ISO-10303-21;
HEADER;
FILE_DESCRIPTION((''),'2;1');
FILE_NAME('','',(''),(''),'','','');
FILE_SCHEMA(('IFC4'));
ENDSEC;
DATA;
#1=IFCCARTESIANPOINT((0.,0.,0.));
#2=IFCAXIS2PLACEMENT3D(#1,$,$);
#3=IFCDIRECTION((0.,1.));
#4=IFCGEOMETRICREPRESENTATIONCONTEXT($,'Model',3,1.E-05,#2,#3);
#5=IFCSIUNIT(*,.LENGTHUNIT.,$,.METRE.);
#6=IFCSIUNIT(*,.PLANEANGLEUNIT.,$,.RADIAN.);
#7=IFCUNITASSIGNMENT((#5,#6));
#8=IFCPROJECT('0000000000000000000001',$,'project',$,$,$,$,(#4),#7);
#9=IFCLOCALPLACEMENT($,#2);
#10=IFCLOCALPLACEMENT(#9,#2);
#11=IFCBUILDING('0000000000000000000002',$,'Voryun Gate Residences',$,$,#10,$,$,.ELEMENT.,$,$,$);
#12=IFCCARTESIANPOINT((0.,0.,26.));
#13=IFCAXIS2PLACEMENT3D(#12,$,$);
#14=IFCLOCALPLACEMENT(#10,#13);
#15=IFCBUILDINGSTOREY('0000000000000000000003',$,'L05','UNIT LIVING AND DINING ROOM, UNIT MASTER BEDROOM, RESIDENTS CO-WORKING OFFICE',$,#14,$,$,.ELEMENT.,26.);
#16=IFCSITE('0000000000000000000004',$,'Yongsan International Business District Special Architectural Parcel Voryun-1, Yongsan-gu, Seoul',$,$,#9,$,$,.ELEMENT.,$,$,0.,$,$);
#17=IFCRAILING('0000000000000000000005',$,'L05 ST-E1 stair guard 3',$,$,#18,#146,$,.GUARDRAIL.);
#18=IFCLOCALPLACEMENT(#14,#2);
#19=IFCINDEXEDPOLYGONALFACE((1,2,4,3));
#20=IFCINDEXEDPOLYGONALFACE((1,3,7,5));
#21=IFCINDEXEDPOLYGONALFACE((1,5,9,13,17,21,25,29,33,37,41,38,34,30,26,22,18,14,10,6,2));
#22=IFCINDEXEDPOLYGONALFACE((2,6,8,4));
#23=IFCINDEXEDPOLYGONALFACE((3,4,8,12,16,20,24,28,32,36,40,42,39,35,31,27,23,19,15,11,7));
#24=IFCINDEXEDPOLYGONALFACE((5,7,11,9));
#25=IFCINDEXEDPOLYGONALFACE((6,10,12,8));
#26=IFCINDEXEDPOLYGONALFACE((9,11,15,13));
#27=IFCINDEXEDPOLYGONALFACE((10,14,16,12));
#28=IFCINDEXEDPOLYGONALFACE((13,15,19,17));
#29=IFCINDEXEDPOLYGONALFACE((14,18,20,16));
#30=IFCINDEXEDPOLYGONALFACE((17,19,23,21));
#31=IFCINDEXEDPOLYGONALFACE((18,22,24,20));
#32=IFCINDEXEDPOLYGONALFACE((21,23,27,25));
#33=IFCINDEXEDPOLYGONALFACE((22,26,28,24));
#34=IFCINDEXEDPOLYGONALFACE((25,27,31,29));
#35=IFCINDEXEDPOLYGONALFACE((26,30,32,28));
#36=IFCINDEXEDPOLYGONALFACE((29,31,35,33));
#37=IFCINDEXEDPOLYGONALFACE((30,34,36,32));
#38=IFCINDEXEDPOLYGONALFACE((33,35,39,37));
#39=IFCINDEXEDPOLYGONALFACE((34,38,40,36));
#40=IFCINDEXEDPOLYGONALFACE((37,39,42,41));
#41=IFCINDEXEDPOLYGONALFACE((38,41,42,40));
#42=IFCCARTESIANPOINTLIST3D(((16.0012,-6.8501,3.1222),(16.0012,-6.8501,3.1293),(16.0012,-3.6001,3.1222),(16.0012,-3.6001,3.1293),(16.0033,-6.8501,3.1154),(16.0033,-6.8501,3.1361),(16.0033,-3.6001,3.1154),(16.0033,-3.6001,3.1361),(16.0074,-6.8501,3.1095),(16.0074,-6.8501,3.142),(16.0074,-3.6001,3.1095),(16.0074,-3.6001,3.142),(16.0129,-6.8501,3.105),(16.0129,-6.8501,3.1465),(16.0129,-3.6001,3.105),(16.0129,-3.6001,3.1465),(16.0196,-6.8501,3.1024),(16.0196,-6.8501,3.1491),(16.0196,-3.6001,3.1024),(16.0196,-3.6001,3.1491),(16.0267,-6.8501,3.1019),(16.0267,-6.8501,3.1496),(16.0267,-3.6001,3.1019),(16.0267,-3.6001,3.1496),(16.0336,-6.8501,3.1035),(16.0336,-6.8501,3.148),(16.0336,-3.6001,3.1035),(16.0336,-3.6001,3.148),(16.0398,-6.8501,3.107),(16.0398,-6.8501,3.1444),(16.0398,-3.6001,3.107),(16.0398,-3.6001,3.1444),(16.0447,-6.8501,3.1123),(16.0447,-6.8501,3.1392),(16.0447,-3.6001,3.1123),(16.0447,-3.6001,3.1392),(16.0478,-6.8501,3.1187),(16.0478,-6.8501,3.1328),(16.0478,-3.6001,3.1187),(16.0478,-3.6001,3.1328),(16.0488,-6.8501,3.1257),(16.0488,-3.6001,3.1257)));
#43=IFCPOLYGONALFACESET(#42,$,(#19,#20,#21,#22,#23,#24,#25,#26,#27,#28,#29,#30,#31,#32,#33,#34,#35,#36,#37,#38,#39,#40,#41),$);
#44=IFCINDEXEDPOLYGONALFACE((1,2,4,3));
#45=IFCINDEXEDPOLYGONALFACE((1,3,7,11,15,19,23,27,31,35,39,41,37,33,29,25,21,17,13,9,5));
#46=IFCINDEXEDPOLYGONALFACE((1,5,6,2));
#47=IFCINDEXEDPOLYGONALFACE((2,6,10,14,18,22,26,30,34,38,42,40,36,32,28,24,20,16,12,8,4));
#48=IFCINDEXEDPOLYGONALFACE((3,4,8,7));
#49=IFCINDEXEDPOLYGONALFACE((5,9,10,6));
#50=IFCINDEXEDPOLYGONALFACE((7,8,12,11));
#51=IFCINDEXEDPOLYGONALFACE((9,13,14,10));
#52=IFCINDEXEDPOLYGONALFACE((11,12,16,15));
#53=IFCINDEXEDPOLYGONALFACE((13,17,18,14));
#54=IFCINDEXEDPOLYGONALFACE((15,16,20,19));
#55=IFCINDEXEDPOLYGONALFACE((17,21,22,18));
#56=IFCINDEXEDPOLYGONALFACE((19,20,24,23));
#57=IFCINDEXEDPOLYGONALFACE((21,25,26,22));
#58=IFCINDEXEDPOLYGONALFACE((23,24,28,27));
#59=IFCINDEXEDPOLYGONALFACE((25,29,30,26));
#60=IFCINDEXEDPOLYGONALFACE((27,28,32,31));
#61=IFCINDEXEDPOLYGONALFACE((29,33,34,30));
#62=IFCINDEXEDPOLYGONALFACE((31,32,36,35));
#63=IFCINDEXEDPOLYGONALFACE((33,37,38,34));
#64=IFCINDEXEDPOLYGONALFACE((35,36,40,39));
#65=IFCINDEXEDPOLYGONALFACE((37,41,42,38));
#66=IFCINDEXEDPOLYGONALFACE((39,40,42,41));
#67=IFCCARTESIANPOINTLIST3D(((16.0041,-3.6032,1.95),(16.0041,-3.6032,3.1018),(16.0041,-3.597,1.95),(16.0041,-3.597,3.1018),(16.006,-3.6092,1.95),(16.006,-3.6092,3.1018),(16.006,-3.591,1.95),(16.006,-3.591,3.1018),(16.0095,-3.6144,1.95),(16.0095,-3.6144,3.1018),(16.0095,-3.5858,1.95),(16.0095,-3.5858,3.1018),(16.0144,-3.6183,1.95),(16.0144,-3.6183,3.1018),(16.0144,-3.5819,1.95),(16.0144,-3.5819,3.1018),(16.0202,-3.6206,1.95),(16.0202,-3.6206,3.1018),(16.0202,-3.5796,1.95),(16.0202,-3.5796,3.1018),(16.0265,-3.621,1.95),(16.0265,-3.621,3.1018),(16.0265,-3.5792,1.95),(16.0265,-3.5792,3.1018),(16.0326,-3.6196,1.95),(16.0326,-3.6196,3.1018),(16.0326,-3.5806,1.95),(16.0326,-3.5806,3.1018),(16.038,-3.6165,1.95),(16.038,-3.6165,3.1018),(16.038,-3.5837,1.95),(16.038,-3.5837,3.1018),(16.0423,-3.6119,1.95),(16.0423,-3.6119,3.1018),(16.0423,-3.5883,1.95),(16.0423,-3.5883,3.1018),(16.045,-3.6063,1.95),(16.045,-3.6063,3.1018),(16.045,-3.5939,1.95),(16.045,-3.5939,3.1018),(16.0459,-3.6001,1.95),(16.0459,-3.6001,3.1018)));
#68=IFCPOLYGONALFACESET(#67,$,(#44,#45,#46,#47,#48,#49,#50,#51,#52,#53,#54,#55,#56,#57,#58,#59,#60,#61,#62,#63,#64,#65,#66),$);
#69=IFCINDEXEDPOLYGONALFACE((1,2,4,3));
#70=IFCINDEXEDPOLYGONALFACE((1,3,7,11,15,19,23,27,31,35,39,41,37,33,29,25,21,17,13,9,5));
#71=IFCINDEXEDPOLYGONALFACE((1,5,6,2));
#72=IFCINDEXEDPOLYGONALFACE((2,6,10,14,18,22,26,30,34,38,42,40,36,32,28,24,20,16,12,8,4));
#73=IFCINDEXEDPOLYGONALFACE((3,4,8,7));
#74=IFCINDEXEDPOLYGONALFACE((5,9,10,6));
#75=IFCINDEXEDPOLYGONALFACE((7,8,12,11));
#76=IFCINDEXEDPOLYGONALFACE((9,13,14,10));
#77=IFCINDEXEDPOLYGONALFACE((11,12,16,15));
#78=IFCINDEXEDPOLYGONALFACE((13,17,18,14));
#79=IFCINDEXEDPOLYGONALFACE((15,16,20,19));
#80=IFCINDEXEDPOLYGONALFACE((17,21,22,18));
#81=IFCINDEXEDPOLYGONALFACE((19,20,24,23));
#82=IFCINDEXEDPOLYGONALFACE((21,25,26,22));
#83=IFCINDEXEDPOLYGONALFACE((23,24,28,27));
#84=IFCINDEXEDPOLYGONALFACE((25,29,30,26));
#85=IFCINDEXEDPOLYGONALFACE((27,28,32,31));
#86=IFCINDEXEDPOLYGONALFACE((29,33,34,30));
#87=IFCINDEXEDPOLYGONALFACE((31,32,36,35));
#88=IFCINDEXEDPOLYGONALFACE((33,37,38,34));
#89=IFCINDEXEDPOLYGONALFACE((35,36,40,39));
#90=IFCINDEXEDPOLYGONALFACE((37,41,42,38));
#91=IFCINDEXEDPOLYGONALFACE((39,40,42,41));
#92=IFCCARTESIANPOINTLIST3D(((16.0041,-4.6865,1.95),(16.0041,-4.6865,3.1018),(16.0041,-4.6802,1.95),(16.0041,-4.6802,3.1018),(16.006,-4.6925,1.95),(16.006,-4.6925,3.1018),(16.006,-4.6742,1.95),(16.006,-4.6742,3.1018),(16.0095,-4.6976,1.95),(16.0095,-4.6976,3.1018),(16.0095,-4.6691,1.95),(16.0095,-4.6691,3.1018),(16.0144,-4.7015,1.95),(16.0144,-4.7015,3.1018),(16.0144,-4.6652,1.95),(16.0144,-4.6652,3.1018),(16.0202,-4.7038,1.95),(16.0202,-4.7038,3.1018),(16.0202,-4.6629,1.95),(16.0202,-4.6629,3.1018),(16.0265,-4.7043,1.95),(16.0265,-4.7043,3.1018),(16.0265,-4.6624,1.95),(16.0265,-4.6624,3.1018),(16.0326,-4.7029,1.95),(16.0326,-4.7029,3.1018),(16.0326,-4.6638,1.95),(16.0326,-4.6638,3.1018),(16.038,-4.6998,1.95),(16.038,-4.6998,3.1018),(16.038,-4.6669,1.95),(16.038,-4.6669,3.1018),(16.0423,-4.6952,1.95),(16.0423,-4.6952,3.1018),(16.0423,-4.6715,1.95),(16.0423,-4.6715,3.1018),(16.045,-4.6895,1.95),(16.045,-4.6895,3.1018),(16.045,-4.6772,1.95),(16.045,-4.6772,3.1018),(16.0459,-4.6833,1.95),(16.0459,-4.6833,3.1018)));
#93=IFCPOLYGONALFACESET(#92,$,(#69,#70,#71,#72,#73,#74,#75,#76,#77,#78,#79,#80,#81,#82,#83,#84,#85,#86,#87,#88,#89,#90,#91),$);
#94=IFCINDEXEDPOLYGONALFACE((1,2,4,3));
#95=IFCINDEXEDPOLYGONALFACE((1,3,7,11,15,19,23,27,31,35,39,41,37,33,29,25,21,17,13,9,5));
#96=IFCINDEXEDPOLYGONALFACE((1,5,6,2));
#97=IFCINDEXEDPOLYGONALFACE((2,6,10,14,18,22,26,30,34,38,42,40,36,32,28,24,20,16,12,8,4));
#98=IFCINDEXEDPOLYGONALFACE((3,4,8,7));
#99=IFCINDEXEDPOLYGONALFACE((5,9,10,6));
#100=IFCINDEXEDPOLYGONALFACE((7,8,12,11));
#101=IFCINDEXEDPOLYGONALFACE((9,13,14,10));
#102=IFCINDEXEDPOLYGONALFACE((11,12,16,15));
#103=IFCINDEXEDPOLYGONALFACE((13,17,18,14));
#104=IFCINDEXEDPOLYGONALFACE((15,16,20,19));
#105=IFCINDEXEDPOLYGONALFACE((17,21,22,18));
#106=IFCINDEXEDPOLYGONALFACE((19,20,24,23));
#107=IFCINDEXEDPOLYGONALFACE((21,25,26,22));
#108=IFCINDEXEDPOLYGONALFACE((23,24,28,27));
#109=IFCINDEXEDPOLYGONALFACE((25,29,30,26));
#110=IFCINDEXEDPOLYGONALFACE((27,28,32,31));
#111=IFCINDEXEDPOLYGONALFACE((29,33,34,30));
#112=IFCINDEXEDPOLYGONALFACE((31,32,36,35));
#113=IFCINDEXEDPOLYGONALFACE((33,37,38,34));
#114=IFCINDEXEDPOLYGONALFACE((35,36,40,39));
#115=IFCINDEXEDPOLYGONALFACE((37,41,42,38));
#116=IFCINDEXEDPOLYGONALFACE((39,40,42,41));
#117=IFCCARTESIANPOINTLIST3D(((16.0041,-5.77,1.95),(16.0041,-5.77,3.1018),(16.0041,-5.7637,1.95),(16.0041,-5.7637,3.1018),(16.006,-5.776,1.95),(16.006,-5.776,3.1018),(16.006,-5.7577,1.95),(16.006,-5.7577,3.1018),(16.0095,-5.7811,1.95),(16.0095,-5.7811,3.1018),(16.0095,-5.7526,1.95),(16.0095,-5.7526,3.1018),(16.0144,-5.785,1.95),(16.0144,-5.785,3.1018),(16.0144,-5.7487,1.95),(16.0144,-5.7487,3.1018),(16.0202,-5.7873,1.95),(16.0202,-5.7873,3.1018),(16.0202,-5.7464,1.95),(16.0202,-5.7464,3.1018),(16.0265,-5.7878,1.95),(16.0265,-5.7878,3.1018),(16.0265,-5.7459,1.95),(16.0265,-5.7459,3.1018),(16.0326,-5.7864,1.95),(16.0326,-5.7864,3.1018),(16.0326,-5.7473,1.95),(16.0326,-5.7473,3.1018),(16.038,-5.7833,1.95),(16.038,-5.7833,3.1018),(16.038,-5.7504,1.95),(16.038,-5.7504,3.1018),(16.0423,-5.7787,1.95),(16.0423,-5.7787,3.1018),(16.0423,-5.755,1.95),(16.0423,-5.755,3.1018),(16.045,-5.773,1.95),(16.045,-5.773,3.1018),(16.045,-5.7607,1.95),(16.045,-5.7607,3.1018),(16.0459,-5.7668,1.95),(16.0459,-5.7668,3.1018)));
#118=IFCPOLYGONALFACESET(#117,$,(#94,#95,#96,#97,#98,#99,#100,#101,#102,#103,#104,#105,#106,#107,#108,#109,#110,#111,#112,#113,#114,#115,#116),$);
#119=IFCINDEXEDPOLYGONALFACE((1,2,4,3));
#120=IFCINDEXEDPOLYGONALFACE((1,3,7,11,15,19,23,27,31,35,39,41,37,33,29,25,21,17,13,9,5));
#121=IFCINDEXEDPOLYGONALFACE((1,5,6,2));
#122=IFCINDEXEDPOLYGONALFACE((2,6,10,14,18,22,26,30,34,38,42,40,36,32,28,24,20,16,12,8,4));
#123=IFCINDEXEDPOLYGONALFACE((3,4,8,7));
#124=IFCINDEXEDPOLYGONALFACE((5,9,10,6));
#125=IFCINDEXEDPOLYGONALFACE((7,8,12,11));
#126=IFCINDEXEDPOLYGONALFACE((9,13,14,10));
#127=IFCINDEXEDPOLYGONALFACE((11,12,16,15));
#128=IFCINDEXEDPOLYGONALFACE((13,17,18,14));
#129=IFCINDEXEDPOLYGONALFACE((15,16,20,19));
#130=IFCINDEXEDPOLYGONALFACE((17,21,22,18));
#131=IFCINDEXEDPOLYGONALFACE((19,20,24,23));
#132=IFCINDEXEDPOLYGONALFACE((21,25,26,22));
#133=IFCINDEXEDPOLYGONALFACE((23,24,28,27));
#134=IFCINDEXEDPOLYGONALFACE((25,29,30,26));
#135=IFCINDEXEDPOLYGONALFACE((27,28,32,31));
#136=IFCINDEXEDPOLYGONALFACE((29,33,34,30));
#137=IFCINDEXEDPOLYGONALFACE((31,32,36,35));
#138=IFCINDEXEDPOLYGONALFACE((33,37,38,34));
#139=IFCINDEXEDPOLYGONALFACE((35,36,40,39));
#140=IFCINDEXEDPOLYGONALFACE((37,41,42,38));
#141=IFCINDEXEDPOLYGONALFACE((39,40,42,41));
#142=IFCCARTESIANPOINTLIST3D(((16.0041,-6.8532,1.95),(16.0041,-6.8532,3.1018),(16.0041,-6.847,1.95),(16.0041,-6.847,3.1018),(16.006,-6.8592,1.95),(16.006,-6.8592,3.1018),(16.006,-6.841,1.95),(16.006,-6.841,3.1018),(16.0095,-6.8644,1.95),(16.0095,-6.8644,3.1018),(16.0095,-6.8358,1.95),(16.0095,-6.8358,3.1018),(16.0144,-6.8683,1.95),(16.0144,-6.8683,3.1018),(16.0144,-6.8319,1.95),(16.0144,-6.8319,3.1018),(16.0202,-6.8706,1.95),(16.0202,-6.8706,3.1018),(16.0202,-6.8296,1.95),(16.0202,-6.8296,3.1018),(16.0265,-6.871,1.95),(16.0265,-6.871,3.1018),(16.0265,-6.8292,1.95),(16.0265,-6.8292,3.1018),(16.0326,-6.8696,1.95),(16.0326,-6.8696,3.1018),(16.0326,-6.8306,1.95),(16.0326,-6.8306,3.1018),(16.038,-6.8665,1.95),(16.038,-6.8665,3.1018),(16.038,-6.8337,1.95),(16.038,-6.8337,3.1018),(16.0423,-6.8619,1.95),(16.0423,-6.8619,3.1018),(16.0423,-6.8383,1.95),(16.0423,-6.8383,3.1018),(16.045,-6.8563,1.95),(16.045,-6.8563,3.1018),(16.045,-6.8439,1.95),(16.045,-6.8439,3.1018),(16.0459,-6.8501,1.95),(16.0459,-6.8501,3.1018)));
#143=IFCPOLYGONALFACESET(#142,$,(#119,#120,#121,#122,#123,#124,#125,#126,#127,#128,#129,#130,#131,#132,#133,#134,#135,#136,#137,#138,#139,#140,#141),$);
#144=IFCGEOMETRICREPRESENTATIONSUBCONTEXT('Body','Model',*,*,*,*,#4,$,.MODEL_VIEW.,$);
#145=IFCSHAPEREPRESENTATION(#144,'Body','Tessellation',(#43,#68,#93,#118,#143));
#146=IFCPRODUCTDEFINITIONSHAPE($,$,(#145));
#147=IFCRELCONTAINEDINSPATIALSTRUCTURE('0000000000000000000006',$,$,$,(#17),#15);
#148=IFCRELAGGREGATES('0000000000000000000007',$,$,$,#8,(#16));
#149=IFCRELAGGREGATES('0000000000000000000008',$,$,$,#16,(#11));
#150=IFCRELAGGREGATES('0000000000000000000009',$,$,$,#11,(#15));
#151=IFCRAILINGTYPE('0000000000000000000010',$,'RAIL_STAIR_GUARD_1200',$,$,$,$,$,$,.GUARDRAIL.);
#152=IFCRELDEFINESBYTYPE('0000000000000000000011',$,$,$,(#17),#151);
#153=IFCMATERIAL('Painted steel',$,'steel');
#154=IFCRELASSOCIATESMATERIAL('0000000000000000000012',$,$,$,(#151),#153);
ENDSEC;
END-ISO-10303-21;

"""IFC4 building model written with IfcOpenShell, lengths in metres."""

from ifc_helpers import new_model, si_unit, direction, frame, origin, origin_2d, place, context, subcontext, project, spatial, circle, extrude, material, type_object, element, save


model = new_model("IFC4")

# Units and contexts
model_context = context("Model", 3, precision=1e-05, world=origin(), true_north=direction((0.0, 1.0)))
body_context = subcontext(model_context, "Body", "Model", "MODEL_VIEW")
ifc_project = project(units=[si_unit("LENGTHUNIT", "METRE"), si_unit("PLANEANGLEUNIT", "RADIAN")], contexts=[model_context])

# Site, building, storey
site_placement = place(None, origin())
site = spatial("IfcSite", under=ifc_project, at=site_placement, Name="Yongsan International Business District Special Architectural Parcel Voryun-1, Yongsan-gu, Seoul", CompositionType="ELEMENT", RefElevation=0.0)
building_placement = place(site_placement, origin())
building = spatial("IfcBuilding", under=site, at=building_placement, Name="Voryun Gate Residences", CompositionType="ELEMENT")
storey_placement = place(building_placement, frame((0.0, 0.0, 26.0)))
storey = spatial("IfcBuildingStorey", under=building, at=storey_placement, Name="L05", Description="UNIT LIVING AND DINING ROOM, UNIT MASTER BEDROOM, RESIDENTS CO-WORKING OFFICE", CompositionType="ELEMENT", Elevation=26.0)

# Railing
ifc_material_1 = material(Name="Painted steel", Category="steel")
railing_type_1 = type_object("IfcRailingType", Name="RAIL_STAIR_GUARD_1200", PredefinedType="GUARDRAIL", material=ifc_material_1)
for number, where, name in (
    (1, (16.0249, -3.6001, 1.95), "L05 ST-E1 stair guard 3"),
):
    element("IfcRailing", number, at=place(storey_placement, frame(where)), inside=storey, type_object=railing_type_1, Name=name, PredefinedType="GUARDRAIL", context=body_context, shape_type="SweptSolid", body=[
        extrude(circle(Radius=0.0239, at=origin_2d()), frame((0.0, 0.0, 1.1758), z_axis=(0.0, -1.0, 0.0), x_axis=(1.0, 0.0, 0.0)), (0.0, 0.0, 1.0), 3.25),
        extrude(circle(Radius=0.021, at=origin_2d()), origin(), (0.0, 0.0, 1.0), 1.1519),
        extrude(circle(Radius=0.021, at=origin_2d()), frame((0.0, -1.0833, 0.0)), (0.0, 0.0, 1.0), 1.1519),
        extrude(circle(Radius=0.021, at=origin_2d()), frame((0.0, -2.1667, 0.0)), (0.0, 0.0, 1.0), 1.1519),
        extrude(circle(Radius=0.021, at=origin_2d()), frame((0.0, -3.25, 0.0)), (0.0, 0.0, 1.0), 1.1519),
    ])

save(model, "model.ifc")
